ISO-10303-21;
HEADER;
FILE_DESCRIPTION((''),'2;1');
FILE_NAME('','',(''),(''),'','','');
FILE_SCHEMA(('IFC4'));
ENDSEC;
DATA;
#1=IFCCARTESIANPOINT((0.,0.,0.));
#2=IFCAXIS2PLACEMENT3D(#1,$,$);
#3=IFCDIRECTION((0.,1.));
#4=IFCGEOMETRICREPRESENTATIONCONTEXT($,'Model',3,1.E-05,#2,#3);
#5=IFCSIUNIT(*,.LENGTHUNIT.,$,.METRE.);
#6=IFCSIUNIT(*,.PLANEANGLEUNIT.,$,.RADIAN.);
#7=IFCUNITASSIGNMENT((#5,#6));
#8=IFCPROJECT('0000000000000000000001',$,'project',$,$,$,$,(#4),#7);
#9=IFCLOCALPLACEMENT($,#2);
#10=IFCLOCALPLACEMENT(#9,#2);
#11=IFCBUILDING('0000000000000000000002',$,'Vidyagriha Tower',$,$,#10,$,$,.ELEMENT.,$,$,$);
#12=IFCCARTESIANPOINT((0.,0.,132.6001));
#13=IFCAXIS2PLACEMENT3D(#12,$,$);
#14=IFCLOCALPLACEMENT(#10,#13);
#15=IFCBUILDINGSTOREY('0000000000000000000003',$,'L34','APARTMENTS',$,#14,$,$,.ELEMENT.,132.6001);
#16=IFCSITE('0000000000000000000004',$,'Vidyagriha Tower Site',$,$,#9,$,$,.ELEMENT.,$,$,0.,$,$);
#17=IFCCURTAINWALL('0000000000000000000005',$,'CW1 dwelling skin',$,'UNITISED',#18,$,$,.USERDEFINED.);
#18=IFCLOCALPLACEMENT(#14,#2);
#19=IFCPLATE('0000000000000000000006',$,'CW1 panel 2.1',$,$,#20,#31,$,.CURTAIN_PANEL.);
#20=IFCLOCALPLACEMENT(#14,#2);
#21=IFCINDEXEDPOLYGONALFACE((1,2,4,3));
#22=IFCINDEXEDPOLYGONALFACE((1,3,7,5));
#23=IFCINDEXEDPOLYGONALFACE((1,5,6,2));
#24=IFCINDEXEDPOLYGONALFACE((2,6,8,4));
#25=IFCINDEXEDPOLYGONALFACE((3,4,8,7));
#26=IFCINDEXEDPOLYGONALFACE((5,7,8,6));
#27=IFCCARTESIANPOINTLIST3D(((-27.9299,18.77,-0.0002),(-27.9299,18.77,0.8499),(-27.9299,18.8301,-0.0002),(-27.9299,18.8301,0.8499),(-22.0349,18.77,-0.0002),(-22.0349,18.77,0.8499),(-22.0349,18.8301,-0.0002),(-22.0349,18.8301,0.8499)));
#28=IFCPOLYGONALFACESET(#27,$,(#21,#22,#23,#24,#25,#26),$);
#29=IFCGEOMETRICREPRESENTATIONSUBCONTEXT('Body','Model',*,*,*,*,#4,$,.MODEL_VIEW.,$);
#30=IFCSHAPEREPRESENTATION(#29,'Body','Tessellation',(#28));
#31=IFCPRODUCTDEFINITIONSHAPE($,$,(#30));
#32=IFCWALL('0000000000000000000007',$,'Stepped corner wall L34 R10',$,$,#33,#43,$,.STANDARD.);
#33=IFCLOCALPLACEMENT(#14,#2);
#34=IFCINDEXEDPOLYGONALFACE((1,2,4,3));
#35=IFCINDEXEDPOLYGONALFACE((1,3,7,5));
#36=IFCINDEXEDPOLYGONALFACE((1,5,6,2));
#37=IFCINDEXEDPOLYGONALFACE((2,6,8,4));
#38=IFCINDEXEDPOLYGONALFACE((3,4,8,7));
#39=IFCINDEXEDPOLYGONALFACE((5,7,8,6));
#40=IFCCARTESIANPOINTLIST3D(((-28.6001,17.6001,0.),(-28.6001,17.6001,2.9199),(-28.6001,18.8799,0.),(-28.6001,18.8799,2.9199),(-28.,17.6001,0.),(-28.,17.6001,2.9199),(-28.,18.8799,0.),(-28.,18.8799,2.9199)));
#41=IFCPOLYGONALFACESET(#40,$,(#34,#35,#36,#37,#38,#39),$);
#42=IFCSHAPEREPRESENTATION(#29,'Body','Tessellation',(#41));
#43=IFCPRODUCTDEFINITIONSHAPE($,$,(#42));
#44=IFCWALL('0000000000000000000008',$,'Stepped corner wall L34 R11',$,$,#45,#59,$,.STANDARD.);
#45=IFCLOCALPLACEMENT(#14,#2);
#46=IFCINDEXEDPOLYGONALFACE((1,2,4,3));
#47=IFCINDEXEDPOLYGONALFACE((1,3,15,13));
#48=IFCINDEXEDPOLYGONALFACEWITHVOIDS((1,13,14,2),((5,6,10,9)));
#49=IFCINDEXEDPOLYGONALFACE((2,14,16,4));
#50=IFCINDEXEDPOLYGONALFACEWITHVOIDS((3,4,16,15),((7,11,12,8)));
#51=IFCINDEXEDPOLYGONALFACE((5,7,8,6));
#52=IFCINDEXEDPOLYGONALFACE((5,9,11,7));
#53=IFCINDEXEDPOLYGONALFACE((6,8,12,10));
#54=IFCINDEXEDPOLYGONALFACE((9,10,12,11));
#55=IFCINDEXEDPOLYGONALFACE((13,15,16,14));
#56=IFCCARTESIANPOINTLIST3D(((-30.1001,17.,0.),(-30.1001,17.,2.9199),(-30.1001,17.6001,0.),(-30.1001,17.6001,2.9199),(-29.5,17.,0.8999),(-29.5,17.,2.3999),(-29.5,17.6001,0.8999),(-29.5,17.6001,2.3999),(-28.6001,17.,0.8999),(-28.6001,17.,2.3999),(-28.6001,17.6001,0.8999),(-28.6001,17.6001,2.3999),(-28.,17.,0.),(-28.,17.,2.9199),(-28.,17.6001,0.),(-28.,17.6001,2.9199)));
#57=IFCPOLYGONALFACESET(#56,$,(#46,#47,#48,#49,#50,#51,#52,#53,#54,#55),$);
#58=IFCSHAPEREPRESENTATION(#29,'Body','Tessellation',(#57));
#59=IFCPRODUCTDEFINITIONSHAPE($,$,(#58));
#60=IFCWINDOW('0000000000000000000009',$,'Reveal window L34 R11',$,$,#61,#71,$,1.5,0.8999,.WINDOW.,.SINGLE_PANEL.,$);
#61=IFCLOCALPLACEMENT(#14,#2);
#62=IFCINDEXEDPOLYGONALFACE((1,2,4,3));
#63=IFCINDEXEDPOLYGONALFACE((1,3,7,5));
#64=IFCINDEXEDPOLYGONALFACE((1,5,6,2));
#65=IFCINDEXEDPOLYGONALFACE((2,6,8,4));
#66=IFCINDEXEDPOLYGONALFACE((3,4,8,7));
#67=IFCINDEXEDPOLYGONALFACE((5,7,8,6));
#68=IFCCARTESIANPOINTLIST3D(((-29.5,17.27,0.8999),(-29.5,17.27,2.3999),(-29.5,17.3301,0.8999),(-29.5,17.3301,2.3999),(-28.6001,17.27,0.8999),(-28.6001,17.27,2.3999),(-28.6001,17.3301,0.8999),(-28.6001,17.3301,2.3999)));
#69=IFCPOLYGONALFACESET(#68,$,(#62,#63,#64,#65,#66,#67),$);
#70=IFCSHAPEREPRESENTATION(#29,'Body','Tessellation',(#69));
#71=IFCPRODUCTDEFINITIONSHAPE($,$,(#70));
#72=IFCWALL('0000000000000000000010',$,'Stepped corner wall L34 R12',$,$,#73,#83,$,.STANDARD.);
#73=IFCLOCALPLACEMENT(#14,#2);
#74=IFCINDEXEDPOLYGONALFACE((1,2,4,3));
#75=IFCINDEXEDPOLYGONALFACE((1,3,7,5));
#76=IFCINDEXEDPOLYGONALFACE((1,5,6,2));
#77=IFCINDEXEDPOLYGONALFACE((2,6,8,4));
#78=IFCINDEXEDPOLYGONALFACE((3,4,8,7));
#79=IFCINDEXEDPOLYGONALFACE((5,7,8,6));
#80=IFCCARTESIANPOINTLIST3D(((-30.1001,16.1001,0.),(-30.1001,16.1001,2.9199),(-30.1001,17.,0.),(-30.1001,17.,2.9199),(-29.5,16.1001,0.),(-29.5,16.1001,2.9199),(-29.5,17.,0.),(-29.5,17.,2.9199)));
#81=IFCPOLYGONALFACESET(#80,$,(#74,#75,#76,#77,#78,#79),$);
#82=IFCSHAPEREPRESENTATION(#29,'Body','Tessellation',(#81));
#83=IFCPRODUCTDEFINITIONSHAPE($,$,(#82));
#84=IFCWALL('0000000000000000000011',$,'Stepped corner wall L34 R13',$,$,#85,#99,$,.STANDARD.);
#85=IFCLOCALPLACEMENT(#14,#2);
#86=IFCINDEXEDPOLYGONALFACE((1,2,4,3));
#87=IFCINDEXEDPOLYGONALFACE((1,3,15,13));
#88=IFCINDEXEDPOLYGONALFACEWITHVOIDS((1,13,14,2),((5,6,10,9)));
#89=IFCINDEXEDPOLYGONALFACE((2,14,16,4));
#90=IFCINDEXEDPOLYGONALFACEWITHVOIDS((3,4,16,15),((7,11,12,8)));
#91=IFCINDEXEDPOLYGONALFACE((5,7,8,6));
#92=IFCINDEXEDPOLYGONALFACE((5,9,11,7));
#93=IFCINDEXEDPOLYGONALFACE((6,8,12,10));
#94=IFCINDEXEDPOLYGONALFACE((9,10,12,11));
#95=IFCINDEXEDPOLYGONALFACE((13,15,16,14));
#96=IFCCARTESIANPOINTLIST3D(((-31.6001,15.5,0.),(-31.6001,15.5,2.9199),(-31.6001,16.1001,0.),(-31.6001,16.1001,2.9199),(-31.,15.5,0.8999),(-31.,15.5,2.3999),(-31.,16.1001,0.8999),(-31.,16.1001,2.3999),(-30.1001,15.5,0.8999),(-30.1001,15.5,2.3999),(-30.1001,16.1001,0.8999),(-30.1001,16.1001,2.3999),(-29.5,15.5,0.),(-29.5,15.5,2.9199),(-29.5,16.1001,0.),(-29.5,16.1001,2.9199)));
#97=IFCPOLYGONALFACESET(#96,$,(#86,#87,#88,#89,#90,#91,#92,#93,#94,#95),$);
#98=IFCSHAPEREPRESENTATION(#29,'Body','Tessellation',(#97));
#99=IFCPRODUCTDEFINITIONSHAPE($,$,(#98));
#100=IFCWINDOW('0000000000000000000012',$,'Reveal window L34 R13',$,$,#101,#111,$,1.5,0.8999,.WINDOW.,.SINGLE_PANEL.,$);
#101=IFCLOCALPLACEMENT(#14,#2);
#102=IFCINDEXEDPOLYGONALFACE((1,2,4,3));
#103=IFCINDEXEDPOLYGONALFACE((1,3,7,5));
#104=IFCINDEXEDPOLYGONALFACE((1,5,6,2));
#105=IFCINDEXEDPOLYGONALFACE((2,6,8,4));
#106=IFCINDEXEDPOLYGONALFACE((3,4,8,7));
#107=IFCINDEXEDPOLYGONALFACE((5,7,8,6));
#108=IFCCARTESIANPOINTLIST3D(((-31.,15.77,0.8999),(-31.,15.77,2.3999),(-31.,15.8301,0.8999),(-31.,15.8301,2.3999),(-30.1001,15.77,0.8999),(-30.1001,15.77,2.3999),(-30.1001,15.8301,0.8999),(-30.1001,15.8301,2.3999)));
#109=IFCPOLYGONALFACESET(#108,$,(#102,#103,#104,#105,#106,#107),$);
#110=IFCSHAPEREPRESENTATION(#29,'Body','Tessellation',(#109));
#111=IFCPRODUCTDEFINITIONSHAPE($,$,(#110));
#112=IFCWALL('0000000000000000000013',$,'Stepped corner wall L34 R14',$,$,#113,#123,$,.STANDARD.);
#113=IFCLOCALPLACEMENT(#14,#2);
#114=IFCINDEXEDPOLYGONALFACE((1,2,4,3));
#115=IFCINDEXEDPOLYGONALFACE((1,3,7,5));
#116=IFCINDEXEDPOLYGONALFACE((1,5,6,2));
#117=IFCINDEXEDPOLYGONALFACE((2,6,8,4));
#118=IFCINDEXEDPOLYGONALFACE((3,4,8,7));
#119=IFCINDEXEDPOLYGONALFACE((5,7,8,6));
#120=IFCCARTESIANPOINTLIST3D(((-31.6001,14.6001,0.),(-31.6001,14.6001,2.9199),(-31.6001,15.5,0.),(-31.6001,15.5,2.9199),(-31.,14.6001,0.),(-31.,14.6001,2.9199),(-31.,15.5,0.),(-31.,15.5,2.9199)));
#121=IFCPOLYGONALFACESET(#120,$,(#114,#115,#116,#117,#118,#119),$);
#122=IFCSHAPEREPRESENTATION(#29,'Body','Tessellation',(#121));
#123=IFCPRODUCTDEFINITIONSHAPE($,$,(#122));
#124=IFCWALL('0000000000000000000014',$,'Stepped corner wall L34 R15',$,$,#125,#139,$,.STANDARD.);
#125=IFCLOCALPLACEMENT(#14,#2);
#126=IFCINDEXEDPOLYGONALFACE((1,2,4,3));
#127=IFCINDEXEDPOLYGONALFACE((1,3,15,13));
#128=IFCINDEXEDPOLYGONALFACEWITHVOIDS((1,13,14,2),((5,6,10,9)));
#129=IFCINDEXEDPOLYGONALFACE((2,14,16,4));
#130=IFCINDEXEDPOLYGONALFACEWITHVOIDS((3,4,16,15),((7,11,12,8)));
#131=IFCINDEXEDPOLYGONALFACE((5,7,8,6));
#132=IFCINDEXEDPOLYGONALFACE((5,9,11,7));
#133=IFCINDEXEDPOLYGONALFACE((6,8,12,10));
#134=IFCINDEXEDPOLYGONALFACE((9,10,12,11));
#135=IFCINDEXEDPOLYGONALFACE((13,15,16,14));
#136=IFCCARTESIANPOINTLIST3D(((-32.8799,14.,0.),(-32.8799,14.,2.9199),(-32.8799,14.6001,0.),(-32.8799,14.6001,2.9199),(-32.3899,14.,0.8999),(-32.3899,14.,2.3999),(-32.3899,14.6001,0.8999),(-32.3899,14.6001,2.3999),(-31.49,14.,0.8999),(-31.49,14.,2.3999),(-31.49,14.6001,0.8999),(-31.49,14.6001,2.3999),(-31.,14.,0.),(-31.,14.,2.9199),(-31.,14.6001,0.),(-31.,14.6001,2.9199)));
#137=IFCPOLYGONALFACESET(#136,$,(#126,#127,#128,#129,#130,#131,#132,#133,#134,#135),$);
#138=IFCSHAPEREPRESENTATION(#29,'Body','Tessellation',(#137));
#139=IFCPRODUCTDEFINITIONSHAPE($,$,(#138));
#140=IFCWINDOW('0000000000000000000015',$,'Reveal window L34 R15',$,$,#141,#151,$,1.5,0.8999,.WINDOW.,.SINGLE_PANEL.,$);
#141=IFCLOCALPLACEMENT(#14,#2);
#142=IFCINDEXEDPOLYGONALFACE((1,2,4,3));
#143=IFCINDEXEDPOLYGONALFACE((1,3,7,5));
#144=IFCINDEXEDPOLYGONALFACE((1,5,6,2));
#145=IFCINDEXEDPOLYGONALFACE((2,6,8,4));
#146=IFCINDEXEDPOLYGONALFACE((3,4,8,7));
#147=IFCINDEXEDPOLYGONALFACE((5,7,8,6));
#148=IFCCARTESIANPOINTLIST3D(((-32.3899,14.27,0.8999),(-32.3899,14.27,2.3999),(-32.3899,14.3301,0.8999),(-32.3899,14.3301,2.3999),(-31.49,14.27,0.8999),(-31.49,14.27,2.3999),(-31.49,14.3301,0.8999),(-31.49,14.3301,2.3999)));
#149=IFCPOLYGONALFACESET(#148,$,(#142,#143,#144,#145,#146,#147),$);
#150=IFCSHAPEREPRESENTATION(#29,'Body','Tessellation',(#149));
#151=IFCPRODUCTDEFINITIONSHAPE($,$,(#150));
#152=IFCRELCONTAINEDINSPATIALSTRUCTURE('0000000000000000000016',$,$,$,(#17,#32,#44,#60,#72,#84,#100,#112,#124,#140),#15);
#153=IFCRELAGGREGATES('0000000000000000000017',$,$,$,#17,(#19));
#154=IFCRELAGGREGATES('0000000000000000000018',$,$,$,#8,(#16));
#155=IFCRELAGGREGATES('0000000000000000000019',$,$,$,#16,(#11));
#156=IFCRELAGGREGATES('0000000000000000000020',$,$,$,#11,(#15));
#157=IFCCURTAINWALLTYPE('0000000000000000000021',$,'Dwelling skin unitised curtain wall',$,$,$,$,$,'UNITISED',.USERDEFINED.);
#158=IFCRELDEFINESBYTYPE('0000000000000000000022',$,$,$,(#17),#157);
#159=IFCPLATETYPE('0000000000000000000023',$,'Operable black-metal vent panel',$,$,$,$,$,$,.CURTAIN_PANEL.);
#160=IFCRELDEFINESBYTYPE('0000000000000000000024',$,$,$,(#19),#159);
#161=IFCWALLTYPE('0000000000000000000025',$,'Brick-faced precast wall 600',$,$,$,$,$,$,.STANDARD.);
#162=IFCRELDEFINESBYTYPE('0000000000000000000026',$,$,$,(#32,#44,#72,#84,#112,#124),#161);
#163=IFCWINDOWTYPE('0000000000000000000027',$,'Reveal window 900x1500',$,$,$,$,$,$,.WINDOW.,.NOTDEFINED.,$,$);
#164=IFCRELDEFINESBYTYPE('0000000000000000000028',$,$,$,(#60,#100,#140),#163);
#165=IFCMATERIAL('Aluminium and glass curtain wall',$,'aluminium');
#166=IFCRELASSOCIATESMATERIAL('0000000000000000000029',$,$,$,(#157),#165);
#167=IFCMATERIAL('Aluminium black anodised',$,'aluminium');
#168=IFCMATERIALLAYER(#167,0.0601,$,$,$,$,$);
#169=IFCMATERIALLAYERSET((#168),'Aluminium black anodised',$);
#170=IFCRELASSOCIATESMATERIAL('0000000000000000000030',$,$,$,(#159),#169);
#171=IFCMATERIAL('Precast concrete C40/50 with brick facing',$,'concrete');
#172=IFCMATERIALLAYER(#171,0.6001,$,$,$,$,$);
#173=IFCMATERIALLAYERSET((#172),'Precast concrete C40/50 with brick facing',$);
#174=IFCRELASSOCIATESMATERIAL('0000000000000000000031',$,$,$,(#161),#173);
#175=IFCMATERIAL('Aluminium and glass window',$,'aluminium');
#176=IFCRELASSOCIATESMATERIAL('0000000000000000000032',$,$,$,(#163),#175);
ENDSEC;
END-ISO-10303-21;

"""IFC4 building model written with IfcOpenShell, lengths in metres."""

from ifc_helpers import new_model, si_unit, direction, frame, frame_2d, origin, origin_2d, place, context, subcontext, project, spatial, rectangle, extrude, material, layer, layer_set, type_object, element, fill, aggregate, save


model = new_model("IFC4")

# Units and contexts
model_context = context("Model", 3, precision=1e-05, world=origin(), true_north=direction((0.0, 1.0)))
body_context = subcontext(model_context, "Body", "Model", "MODEL_VIEW")
ifc_project = project(units=[si_unit("LENGTHUNIT", "METRE"), si_unit("PLANEANGLEUNIT", "RADIAN")], contexts=[model_context])

# Site, building, storey
site_placement = place(None, origin())
site = spatial("IfcSite", under=ifc_project, at=site_placement, Name="Vidyagriha Tower Site", CompositionType="ELEMENT", RefElevation=0.0)
building_placement = place(site_placement, origin())
building = spatial("IfcBuilding", under=site, at=building_placement, Name="Vidyagriha Tower", CompositionType="ELEMENT")
storey_placement = place(building_placement, frame((0.0, 0.0, 132.6001)))
storey = spatial("IfcBuildingStorey", under=building, at=storey_placement, Name="L34", Description="APARTMENTS", CompositionType="ELEMENT", Elevation=132.6001)

# Curtain wall
ifc_material_1 = material(Name="Aluminium and glass curtain wall", Category="aluminium")
curtain_wall_type = type_object("IfcCurtainWallType", Name="Dwelling skin unitised curtain wall", ElementType="UNITISED", PredefinedType="USERDEFINED", material=ifc_material_1)
curtain_wall_1_placement = place(storey_placement, origin())
curtain_wall_1 = element("IfcCurtainWall", 1, at=curtain_wall_1_placement, inside=storey, type_object=curtain_wall_type, Name="CW1 dwelling skin", ObjectType="UNITISED", PredefinedType="USERDEFINED")

# Plate
ifc_material_2 = material(Name="Aluminium black anodised", Category="aluminium")
ifc_layer_1 = layer(ifc_material_2, 0.0601)
ifc_layer_set_1 = layer_set([ifc_layer_1], Name="Aluminium black anodised")
plate_type_1 = type_object("IfcPlateType", Name="Operable black-metal vent panel", PredefinedType="CURTAIN_PANEL", material=ifc_layer_set_1)
plate_1_placement = place(storey_placement, frame((-24.9824, 18.8, -0.0002), z_axis=(0.0, 0.0, 1.0), x_axis=(-1.0, 0.0, 0.0)))
plate_1 = element("IfcPlate", 2, at=plate_1_placement, type_object=plate_type_1, Name="CW1 panel 2.1", PredefinedType="CURTAIN_PANEL", context=body_context, shape_type="SweptSolid", body=[
    extrude(rectangle(XDim=5.895, YDim=0.0601, at=origin_2d()), origin(), (0.0, 0.0, 1.0), 0.8501),
])
aggregate(curtain_wall_1, [plate_1])

# Wall
ifc_material_3 = material(Name="Precast concrete C40/50 with brick facing", Category="concrete")
ifc_layer_2 = layer(ifc_material_3, 0.6001)
ifc_layer_set_2 = layer_set([ifc_layer_2], Name="Precast concrete C40/50 with brick facing")
wall_type_1 = type_object("IfcWallType", Name="Brick-faced precast wall 600", PredefinedType="STANDARD", material=ifc_layer_set_2)
wall_1_placement = place(storey_placement, frame((-28.3, 18.8799, 0.0), z_axis=(0.0, 0.0, 1.0), x_axis=(0.0, -1.0, 0.0)))
element("IfcWall", 3, at=wall_1_placement, inside=storey, type_object=wall_type_1, Name="Stepped corner wall L34 R10", PredefinedType="STANDARD", context=body_context, shape_type="SweptSolid", body=[
    extrude(rectangle(XDim=1.2798, YDim=0.6001, at=frame_2d((0.6399, 0.0))), origin(), (0.0, 0.0, 1.0), 2.9199),
])

# Wall, opening, window
wall_2_placement = place(storey_placement, frame((-28.0, 17.3, 0.0), z_axis=(0.0, 0.0, 1.0), x_axis=(-1.0, 0.0, 0.0)))
wall_2 = element("IfcWall", 4, at=wall_2_placement, inside=storey, type_object=wall_type_1, Name="Stepped corner wall L34 R11", PredefinedType="STANDARD", context=body_context, shape_type="SweptSolid", body=[
    extrude(rectangle(XDim=2.1001, YDim=0.6001, at=frame_2d((1.05, 0.0))), origin(), (0.0, 0.0, 1.0), 2.9199),
])
opening_1_placement = place(wall_2_placement, frame((0.6001, 0.0, 0.8999)))
opening_1 = element("IfcOpeningElement", 5, at=opening_1_placement, cuts=wall_2, PredefinedType="OPENING", context=body_context, shape_type="SweptSolid", body=[
    extrude(rectangle(XDim=0.8999, YDim=1.5, at=frame_2d((0.45, 0.75))), frame((0.0, 0.3101, 0.0), z_axis=(0.0, -1.0, 0.0), x_axis=(1.0, 0.0, 0.0)), (0.0, 0.0, 1.0), 0.6201),
])
ifc_material_4 = material(Name="Aluminium and glass window", Category="aluminium")
window_type = type_object("IfcWindowType", Name="Reveal window 900x1500", PartitioningType="NOTDEFINED", PredefinedType="WINDOW", material=ifc_material_4)
window_1_placement = place(opening_1_placement, origin())
window_1 = element("IfcWindow", 6, at=window_1_placement, inside=storey, type_object=window_type, Name="Reveal window L34 R11", OverallHeight=1.5, OverallWidth=0.8999, PartitioningType="SINGLE_PANEL", PredefinedType="WINDOW", context=body_context, shape_type="SweptSolid", body=[
    extrude(rectangle(XDim=0.8999, YDim=1.5, at=frame_2d((0.45, 0.75))), frame((0.0, 0.03, 0.0), z_axis=(0.0, -1.0, 0.0), x_axis=(1.0, 0.0, 0.0)), (0.0, 0.0, 1.0), 0.0601),
])
fill(opening_1, window_1)

# Wall
wall_3_placement = place(storey_placement, frame((-29.8, 17.0, 0.0), z_axis=(0.0, 0.0, 1.0), x_axis=(0.0, -1.0, 0.0)))
element("IfcWall", 7, at=wall_3_placement, inside=storey, type_object=wall_type_1, Name="Stepped corner wall L34 R12", PredefinedType="STANDARD", context=body_context, shape_type="SweptSolid", body=[
    extrude(rectangle(XDim=0.8999, YDim=0.6001, at=frame_2d((0.45, 0.0))), origin(), (0.0, 0.0, 1.0), 2.9199),
])

# Wall, opening, window
wall_4_placement = place(storey_placement, frame((-29.5, 15.8, 0.0), z_axis=(0.0, 0.0, 1.0), x_axis=(-1.0, 0.0, 0.0)))
wall_4 = element("IfcWall", 8, at=wall_4_placement, inside=storey, type_object=wall_type_1, Name="Stepped corner wall L34 R13", PredefinedType="STANDARD", context=body_context, shape_type="SweptSolid", body=[
    extrude(rectangle(XDim=2.1001, YDim=0.6001, at=frame_2d((1.05, 0.0))), origin(), (0.0, 0.0, 1.0), 2.9199),
])
opening_2_placement = place(wall_4_placement, frame((0.6001, 0.0, 0.8999)))
opening_2 = element("IfcOpeningElement", 9, at=opening_2_placement, cuts=wall_4, PredefinedType="OPENING", context=body_context, shape_type="SweptSolid", body=[
    extrude(rectangle(XDim=0.8999, YDim=1.5, at=frame_2d((0.45, 0.75))), frame((0.0, 0.3101, 0.0), z_axis=(0.0, -1.0, 0.0), x_axis=(1.0, 0.0, 0.0)), (0.0, 0.0, 1.0), 0.6201),
])
window_2_placement = place(opening_2_placement, origin())
window_2 = element("IfcWindow", 10, at=window_2_placement, inside=storey, type_object=window_type, Name="Reveal window L34 R13", OverallHeight=1.5, OverallWidth=0.8999, PartitioningType="SINGLE_PANEL", PredefinedType="WINDOW", context=body_context, shape_type="SweptSolid", body=[
    extrude(rectangle(XDim=0.8999, YDim=1.5, at=frame_2d((0.45, 0.75))), frame((0.0, 0.03, 0.0), z_axis=(0.0, -1.0, 0.0), x_axis=(1.0, 0.0, 0.0)), (0.0, 0.0, 1.0), 0.0601),
])
fill(opening_2, window_2)

# Wall
wall_5_placement = place(storey_placement, frame((-31.3, 15.5, 0.0), z_axis=(0.0, 0.0, 1.0), x_axis=(0.0, -1.0, 0.0)))
element("IfcWall", 11, at=wall_5_placement, inside=storey, type_object=wall_type_1, Name="Stepped corner wall L34 R14", PredefinedType="STANDARD", context=body_context, shape_type="SweptSolid", body=[
    extrude(rectangle(XDim=0.8999, YDim=0.6001, at=frame_2d((0.45, 0.0))), origin(), (0.0, 0.0, 1.0), 2.9199),
])

# Wall, opening, window
wall_6_placement = place(storey_placement, frame((-31.0, 14.3, 0.0), z_axis=(0.0, 0.0, 1.0), x_axis=(-1.0, 0.0, 0.0)))
wall_6 = element("IfcWall", 12, at=wall_6_placement, inside=storey, type_object=wall_type_1, Name="Stepped corner wall L34 R15", PredefinedType="STANDARD", context=body_context, shape_type="SweptSolid", body=[
    extrude(rectangle(XDim=1.8799, YDim=0.6001, at=frame_2d((0.9399, 0.0))), origin(), (0.0, 0.0, 1.0), 2.9199),
])
opening_3_placement = place(wall_6_placement, frame((0.49, 0.0, 0.8999)))
opening_3 = element("IfcOpeningElement", 13, at=opening_3_placement, cuts=wall_6, PredefinedType="OPENING", context=body_context, shape_type="SweptSolid", body=[
    extrude(rectangle(XDim=0.8999, YDim=1.5, at=frame_2d((0.45, 0.75))), frame((0.0, 0.3101, 0.0), z_axis=(0.0, -1.0, 0.0), x_axis=(1.0, 0.0, 0.0)), (0.0, 0.0, 1.0), 0.6201),
])
window_3_placement = place(opening_3_placement, origin())
window_3 = element("IfcWindow", 14, at=window_3_placement, inside=storey, type_object=window_type, Name="Reveal window L34 R15", OverallHeight=1.5, OverallWidth=0.8999, PartitioningType="SINGLE_PANEL", PredefinedType="WINDOW", context=body_context, shape_type="SweptSolid", body=[
    extrude(rectangle(XDim=0.8999, YDim=1.5, at=frame_2d((0.45, 0.75))), frame((0.0, 0.03, 0.0), z_axis=(0.0, -1.0, 0.0), x_axis=(1.0, 0.0, 0.0)), (0.0, 0.0, 1.0), 0.0601),
])
fill(opening_3, window_3)

save(model, "model.ifc")
